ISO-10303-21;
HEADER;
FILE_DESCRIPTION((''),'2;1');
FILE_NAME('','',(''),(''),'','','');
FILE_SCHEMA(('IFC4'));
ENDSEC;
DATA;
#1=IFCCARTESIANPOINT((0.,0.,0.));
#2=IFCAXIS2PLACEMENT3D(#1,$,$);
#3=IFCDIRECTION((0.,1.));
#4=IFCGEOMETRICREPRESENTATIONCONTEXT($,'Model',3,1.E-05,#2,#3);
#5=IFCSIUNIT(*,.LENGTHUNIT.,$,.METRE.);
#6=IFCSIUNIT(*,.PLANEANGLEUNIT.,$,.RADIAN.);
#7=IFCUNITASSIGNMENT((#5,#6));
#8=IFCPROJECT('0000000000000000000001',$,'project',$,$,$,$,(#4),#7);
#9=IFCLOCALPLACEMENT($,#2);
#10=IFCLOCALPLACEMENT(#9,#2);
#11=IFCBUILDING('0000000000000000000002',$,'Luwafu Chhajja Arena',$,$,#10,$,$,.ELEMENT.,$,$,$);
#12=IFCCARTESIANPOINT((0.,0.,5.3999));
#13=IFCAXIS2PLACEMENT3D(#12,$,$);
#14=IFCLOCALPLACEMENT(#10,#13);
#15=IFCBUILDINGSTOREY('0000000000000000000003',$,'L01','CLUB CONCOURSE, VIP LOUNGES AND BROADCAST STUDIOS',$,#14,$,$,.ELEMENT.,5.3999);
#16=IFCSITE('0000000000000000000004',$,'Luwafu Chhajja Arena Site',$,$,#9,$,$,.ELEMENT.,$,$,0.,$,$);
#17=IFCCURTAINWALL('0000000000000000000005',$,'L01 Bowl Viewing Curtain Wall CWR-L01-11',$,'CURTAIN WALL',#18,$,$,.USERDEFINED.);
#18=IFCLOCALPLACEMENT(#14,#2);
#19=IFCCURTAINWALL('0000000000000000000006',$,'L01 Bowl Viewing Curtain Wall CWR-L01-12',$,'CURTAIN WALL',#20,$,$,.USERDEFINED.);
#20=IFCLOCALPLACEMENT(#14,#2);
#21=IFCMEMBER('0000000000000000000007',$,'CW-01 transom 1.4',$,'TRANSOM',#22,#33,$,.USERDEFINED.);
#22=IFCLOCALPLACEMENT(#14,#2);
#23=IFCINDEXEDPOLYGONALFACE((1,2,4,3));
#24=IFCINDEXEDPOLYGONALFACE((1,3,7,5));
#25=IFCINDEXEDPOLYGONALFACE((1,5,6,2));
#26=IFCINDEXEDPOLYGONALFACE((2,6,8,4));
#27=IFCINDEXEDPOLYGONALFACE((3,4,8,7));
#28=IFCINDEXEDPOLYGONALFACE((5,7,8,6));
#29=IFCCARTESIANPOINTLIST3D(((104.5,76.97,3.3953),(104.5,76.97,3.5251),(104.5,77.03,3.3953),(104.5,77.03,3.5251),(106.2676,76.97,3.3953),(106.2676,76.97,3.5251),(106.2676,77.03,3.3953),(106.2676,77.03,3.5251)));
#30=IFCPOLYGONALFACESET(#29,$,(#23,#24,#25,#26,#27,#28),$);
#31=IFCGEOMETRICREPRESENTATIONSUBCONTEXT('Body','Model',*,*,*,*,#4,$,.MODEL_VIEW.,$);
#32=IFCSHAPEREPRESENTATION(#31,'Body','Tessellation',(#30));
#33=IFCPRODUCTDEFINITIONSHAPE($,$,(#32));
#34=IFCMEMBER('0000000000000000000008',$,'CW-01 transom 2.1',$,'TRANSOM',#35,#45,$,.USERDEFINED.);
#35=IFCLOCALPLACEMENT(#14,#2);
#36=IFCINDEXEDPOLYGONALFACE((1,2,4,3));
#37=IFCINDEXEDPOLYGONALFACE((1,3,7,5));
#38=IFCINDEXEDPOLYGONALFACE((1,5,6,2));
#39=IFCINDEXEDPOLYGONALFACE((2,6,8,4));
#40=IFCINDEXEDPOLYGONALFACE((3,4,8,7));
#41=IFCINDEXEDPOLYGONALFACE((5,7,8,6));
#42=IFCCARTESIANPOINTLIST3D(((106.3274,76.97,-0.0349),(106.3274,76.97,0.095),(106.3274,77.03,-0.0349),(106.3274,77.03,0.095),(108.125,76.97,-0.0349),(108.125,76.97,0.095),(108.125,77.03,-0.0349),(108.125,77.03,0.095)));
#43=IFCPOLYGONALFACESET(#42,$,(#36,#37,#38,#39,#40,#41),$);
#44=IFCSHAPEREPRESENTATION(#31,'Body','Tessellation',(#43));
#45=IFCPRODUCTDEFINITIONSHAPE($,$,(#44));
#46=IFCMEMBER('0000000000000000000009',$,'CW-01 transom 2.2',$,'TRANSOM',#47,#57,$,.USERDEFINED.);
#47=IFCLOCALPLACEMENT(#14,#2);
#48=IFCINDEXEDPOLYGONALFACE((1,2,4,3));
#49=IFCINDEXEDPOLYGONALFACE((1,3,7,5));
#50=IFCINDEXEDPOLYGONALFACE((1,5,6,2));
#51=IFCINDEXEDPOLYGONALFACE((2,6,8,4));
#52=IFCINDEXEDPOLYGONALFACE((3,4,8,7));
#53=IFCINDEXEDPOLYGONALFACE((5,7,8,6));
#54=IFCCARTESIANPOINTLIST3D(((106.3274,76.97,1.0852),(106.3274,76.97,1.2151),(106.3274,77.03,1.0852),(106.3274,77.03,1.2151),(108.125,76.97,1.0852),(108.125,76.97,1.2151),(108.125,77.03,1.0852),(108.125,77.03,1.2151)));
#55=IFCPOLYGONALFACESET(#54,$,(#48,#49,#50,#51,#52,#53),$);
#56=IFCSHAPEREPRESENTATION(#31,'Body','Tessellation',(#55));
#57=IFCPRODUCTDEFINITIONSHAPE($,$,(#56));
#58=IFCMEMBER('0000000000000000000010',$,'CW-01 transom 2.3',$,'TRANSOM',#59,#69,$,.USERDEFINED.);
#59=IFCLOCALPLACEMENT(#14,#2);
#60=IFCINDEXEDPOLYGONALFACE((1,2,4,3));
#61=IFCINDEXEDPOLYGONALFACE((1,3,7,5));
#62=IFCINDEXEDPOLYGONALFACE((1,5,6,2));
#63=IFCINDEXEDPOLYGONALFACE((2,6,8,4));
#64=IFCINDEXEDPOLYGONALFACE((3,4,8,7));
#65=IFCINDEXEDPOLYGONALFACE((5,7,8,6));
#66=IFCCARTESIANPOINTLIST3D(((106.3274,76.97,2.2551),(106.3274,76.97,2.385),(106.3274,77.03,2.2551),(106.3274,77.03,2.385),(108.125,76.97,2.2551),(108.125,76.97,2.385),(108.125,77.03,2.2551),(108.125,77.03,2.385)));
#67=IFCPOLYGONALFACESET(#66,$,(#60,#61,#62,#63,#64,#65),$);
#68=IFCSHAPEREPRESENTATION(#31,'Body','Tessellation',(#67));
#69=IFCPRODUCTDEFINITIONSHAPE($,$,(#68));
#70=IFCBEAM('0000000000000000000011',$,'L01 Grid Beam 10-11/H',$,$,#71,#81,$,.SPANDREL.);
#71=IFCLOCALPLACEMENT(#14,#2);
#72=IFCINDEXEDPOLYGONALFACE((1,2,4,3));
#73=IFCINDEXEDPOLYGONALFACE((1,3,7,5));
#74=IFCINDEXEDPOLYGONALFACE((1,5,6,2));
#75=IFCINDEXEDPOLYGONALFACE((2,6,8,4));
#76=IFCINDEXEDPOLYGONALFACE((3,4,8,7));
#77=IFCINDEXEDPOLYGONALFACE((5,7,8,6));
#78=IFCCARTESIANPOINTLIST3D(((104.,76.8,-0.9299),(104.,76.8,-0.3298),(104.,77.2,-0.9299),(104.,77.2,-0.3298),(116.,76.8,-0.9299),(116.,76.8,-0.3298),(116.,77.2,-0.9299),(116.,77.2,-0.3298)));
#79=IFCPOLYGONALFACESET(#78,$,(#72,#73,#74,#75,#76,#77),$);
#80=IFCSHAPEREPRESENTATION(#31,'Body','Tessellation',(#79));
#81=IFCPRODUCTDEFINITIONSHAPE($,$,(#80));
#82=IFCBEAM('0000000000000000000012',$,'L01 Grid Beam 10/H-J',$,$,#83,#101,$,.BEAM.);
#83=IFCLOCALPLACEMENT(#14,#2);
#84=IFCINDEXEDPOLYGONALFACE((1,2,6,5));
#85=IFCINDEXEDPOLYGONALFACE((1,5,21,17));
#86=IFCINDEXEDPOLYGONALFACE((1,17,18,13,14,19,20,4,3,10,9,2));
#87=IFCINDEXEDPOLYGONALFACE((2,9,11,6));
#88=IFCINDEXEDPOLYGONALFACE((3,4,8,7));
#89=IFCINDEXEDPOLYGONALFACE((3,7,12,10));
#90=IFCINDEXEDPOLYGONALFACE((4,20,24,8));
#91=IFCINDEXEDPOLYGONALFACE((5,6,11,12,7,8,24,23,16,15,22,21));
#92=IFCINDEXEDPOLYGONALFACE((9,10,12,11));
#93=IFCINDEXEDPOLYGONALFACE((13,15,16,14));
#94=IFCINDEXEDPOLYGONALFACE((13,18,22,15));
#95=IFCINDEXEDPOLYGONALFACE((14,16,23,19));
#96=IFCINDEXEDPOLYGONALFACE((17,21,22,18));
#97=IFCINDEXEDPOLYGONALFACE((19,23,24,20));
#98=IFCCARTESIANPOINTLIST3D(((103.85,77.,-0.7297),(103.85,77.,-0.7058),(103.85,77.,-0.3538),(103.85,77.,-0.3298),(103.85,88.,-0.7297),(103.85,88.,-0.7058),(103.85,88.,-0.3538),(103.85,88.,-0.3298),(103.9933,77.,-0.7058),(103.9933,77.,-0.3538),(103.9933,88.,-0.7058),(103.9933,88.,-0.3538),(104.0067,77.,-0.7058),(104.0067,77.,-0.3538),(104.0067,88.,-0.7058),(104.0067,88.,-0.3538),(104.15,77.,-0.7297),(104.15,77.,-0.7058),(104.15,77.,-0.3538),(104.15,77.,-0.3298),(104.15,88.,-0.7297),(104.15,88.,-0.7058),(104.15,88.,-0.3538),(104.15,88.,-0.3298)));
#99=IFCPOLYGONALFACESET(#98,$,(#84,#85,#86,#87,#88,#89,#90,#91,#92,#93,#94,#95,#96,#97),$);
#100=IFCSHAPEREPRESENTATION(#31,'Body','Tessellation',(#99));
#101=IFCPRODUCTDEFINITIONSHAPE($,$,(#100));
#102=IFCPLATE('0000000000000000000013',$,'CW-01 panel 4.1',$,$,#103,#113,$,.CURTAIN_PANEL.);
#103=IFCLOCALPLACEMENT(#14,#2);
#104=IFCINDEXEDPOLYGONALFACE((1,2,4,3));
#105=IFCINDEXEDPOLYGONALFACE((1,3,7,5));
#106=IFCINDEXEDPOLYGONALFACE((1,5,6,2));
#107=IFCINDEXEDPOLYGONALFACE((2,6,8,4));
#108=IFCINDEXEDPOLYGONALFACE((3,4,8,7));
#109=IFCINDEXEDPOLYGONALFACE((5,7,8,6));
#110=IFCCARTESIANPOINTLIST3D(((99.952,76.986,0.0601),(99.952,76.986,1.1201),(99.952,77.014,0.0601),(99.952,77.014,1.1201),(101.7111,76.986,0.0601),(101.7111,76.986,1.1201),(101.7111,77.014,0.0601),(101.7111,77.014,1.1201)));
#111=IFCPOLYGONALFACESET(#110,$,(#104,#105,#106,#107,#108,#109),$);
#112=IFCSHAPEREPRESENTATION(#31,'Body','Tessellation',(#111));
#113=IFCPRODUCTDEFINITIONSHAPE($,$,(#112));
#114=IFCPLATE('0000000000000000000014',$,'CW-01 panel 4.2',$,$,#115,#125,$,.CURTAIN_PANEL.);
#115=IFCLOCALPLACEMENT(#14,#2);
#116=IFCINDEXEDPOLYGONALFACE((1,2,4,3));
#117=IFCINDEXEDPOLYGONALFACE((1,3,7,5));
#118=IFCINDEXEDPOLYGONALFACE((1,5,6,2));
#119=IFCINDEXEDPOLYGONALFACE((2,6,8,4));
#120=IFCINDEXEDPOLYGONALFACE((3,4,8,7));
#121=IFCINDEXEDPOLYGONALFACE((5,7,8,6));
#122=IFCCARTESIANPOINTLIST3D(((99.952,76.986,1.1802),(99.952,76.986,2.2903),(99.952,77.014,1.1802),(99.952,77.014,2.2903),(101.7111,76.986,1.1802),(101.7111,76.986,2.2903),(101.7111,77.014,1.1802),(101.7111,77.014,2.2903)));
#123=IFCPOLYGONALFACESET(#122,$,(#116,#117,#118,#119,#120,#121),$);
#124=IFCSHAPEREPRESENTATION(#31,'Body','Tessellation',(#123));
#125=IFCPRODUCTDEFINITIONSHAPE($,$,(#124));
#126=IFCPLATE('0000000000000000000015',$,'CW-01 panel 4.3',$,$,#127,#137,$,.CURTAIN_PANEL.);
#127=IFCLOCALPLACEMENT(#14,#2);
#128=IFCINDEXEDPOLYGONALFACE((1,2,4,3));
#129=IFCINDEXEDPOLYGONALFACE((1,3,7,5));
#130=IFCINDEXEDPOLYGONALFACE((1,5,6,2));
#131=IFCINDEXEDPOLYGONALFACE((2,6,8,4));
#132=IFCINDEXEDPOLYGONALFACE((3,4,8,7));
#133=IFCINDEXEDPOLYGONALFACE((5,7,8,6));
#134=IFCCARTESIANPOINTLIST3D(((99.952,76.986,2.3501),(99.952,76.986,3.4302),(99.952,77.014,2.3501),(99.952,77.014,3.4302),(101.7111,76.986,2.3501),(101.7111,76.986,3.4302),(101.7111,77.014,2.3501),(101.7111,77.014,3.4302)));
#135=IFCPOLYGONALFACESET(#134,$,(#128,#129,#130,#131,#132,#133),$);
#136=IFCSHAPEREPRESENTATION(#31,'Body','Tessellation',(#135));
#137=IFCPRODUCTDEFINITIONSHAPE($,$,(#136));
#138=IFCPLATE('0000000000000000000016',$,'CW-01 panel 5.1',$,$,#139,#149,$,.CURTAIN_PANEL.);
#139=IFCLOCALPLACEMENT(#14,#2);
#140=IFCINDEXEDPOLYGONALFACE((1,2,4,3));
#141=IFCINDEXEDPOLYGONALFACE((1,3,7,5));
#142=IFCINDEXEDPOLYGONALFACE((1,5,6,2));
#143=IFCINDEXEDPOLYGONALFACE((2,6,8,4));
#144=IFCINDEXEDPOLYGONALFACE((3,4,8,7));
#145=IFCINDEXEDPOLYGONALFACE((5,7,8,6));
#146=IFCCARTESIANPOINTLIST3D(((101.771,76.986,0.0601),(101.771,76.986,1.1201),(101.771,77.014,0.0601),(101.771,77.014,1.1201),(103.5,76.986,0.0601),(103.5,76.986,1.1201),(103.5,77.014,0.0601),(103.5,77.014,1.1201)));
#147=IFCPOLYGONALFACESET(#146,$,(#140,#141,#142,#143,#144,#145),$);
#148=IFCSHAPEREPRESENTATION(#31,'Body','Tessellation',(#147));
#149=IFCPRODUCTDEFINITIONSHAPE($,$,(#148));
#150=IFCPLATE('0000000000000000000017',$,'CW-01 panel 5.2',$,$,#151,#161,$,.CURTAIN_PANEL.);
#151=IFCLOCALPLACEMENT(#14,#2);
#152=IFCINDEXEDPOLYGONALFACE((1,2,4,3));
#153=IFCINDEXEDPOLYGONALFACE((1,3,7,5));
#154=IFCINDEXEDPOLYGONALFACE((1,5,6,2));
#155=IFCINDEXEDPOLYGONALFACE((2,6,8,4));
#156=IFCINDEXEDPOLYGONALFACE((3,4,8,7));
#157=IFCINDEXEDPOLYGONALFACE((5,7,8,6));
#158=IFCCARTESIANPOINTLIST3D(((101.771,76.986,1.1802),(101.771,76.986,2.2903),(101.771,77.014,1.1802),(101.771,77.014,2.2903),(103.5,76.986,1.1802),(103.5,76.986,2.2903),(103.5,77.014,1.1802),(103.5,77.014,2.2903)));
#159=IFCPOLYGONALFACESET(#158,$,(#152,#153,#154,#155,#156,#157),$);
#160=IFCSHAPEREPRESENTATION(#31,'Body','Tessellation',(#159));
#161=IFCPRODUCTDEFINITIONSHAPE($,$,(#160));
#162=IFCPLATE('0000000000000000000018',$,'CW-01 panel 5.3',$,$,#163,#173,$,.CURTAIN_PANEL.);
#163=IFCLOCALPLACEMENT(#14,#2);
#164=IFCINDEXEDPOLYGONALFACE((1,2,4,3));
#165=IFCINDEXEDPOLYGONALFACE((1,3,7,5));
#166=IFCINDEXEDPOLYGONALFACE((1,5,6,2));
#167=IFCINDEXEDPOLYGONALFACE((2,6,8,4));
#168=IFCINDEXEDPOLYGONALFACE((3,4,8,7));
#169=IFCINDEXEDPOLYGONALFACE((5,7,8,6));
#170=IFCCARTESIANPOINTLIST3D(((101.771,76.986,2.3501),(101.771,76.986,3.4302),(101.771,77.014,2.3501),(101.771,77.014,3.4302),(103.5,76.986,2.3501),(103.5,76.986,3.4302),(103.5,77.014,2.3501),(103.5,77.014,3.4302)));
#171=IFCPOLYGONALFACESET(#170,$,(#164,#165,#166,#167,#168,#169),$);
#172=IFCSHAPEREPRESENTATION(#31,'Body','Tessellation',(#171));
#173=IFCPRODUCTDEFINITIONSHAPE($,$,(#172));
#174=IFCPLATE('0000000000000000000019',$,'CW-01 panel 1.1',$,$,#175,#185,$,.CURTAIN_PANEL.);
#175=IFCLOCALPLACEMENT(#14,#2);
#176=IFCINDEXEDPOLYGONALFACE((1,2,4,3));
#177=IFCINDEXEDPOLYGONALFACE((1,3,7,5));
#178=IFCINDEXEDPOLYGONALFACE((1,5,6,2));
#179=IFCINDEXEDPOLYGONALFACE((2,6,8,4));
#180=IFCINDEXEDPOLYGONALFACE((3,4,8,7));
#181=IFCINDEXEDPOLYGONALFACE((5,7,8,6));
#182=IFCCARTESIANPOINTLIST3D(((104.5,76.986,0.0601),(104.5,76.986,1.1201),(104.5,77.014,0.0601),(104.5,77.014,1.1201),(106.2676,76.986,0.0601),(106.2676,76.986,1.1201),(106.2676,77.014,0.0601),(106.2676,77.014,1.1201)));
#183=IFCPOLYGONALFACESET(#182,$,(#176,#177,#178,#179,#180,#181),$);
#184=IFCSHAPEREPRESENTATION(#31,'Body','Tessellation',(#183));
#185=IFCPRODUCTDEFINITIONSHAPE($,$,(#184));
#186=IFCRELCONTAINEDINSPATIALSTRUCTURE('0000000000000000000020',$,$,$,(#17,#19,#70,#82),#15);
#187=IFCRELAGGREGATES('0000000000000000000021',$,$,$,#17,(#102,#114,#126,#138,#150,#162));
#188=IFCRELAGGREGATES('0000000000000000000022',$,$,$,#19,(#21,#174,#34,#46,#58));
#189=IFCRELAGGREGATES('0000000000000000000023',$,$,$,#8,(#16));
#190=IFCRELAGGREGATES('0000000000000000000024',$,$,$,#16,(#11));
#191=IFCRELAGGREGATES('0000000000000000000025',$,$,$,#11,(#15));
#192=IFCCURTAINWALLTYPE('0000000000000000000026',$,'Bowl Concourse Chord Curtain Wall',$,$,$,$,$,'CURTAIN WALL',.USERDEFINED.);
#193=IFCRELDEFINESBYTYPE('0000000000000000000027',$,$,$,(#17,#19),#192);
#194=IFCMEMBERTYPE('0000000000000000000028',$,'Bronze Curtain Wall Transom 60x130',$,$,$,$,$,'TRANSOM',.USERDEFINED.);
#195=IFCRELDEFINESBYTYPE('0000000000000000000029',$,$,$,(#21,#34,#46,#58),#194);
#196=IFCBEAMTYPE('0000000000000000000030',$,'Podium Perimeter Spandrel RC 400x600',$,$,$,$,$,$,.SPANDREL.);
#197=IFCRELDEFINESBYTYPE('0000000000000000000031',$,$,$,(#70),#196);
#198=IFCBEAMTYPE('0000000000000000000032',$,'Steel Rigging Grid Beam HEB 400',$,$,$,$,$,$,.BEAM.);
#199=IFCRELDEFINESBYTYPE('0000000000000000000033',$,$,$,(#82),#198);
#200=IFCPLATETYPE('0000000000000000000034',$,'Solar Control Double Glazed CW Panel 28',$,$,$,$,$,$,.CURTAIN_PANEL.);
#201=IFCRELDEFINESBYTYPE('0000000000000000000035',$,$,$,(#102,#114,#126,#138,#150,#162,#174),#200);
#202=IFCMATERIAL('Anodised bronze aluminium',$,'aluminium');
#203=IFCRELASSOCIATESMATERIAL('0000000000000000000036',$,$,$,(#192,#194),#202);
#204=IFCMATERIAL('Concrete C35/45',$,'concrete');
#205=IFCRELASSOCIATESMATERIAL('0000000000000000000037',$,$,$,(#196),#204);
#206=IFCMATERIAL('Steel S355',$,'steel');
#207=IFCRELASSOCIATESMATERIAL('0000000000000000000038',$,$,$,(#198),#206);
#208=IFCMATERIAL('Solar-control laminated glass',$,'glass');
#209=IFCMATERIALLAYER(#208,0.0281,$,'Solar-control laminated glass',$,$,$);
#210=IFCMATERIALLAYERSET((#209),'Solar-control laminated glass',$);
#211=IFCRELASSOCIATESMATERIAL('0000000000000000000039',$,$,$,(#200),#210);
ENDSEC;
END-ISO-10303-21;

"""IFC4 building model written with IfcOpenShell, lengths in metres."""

from ifc_helpers import new_model, si_unit, direction, frame, origin, origin_2d, place, context, subcontext, project, spatial, rectangle, i_section, extrude, material, layer, layer_set, material_profile, profile_set, type_object, element, aggregate, save


model = new_model("IFC4")

# Units and contexts
model_context = context("Model", 3, precision=1e-05, world=origin(), true_north=direction((0.0, 1.0)))
body_context = subcontext(model_context, "Body", "Model", "MODEL_VIEW")
ifc_project = project(units=[si_unit("LENGTHUNIT", "METRE"), si_unit("PLANEANGLEUNIT", "RADIAN")], contexts=[model_context])

# Site, building, storey
site_placement = place(None, origin())
site = spatial("IfcSite", under=ifc_project, at=site_placement, Name="Luwafu Chhajja Arena Site", CompositionType="ELEMENT", RefElevation=0.0)
building_placement = place(site_placement, origin())
building = spatial("IfcBuilding", under=site, at=building_placement, Name="Luwafu Chhajja Arena", CompositionType="ELEMENT")
storey_placement = place(building_placement, frame((0.0, 0.0, 5.3999)))
storey = spatial("IfcBuildingStorey", under=building, at=storey_placement, Name="L01", Description="CLUB CONCOURSE, VIP LOUNGES AND BROADCAST STUDIOS", CompositionType="ELEMENT", Elevation=5.3999)

# Shared definitions
ifc_material_1 = material(Name="Concrete C35/45", Category="concrete")

# Curtain walls
ifc_material_2 = material(Name="Anodised bronze aluminium", Category="aluminium")
curtain_wall_type = type_object("IfcCurtainWallType", Name="Bowl Concourse Chord Curtain Wall", ElementType="CURTAIN WALL", PredefinedType="USERDEFINED", material=ifc_material_2)
curtain_wall_1_placement = place(storey_placement, origin())
curtain_wall_1 = element("IfcCurtainWall", 1, at=curtain_wall_1_placement, inside=storey, type_object=curtain_wall_type, Name="L01 Bowl Viewing Curtain Wall CWR-L01-11", ObjectType="CURTAIN WALL", PredefinedType="USERDEFINED")
curtain_wall_2_placement = place(storey_placement, origin())
curtain_wall_2 = element("IfcCurtainWall", 2, at=curtain_wall_2_placement, inside=storey, type_object=curtain_wall_type, Name="L01 Bowl Viewing Curtain Wall CWR-L01-12", ObjectType="CURTAIN WALL", PredefinedType="USERDEFINED")

# Members
ifc_material_profile_1 = material_profile(ifc_material_2, rectangle(XDim=0.0601, YDim=0.1299, at=origin_2d()), Name="CWT 60x130")
ifc_profile_set_1 = profile_set([ifc_material_profile_1], Name="Anodised bronze aluminium")
member_type_1 = type_object("IfcMemberType", Name="Bronze Curtain Wall Transom 60x130", ElementType="TRANSOM", PredefinedType="USERDEFINED", material=ifc_profile_set_1)
member_1_placement = place(storey_placement, frame((104.5, 77.0, 3.4602), z_axis=(1.0, 0.0, 0.0), x_axis=(0.0, 1.0, 0.0)))
member_1 = element("IfcMember", 3, at=member_1_placement, type_object=member_type_1, Name="CW-01 transom 1.4", ObjectType="TRANSOM", PredefinedType="USERDEFINED", context=body_context, shape_type="SweptSolid", body=[
    extrude(rectangle(XDim=0.0601, YDim=0.1299, at=origin_2d()), origin(), (0.0, 0.0, 1.0), 1.7676),
])
member_2_placement = place(storey_placement, frame((106.3274, 77.0, 0.03), z_axis=(1.0, 0.0, 0.0), x_axis=(0.0, 1.0, 0.0)))
member_2 = element("IfcMember", 4, at=member_2_placement, type_object=member_type_1, Name="CW-01 transom 2.1", ObjectType="TRANSOM", PredefinedType="USERDEFINED", context=body_context, shape_type="SweptSolid", body=[
    extrude(rectangle(XDim=0.0601, YDim=0.1299, at=origin_2d()), origin(), (0.0, 0.0, 1.0), 1.7976),
])
member_3_placement = place(storey_placement, frame((106.3274, 77.0, 1.1501), z_axis=(1.0, 0.0, 0.0), x_axis=(0.0, 1.0, 0.0)))
member_3 = element("IfcMember", 5, at=member_3_placement, type_object=member_type_1, Name="CW-01 transom 2.2", ObjectType="TRANSOM", PredefinedType="USERDEFINED", context=body_context, shape_type="SweptSolid", body=[
    extrude(rectangle(XDim=0.0601, YDim=0.1299, at=origin_2d()), origin(), (0.0, 0.0, 1.0), 1.7976),
])
member_4_placement = place(storey_placement, frame((106.3274, 77.0, 2.3201), z_axis=(1.0, 0.0, 0.0), x_axis=(0.0, 1.0, 0.0)))
member_4 = element("IfcMember", 6, at=member_4_placement, type_object=member_type_1, Name="CW-01 transom 2.3", ObjectType="TRANSOM", PredefinedType="USERDEFINED", context=body_context, shape_type="SweptSolid", body=[
    extrude(rectangle(XDim=0.0601, YDim=0.1299, at=origin_2d()), origin(), (0.0, 0.0, 1.0), 1.7976),
])

# Beams
ifc_material_profile_2 = material_profile(ifc_material_1, rectangle(XDim=0.3999, YDim=0.6001, at=origin_2d()), Name="RC 400x600")
ifc_profile_set_2 = profile_set([ifc_material_profile_2], Name="Concrete C35/45")
beam_type_1 = type_object("IfcBeamType", Name="Podium Perimeter Spandrel RC 400x600", PredefinedType="SPANDREL", material=ifc_profile_set_2)
beam_1_placement = place(storey_placement, frame((104.0, 77.0, -0.6299), z_axis=(1.0, 0.0, 0.0), x_axis=(0.0, 1.0, 0.0)))
element("IfcBeam", 7, at=beam_1_placement, inside=storey, type_object=beam_type_1, Name="L01 Grid Beam 10-11/H", PredefinedType="SPANDREL", context=body_context, shape_type="SweptSolid", body=[
    extrude(rectangle(XDim=0.3999, YDim=0.6001, at=origin_2d()), origin(), (0.0, 0.0, 1.0), 12.0),
])
ifc_material_3 = material(Name="Steel S355", Category="steel")
ifc_material_profile_3 = material_profile(ifc_material_3, i_section(OverallWidth=0.3, OverallDepth=0.3999, WebThickness=0.0134, FlangeThickness=0.0239, at=origin_2d()), Name="HEB 400")
ifc_profile_set_3 = profile_set([ifc_material_profile_3], Name="Steel S355")
beam_type_2 = type_object("IfcBeamType", Name="Steel Rigging Grid Beam HEB 400", PredefinedType="BEAM", material=ifc_profile_set_3)
beam_2_placement = place(storey_placement, frame((104.0, 77.0, -0.5298), z_axis=(0.0, 1.0, 0.0), x_axis=(-1.0, 0.0, 0.0)))
element("IfcBeam", 8, at=beam_2_placement, inside=storey, type_object=beam_type_2, Name="L01 Grid Beam 10/H-J", PredefinedType="BEAM", context=body_context, shape_type="SweptSolid", body=[
    extrude(i_section(OverallWidth=0.3, OverallDepth=0.3999, WebThickness=0.0134, FlangeThickness=0.0239, at=origin_2d()), origin(), (0.0, 0.0, 1.0), 11.0),
])

# Plates
ifc_material_4 = material(Name="Solar-control laminated glass", Category="glass")
ifc_layer = layer(ifc_material_4, 0.0281, Name="Solar-control laminated glass")
ifc_layer_set = layer_set([ifc_layer], Name="Solar-control laminated glass")
plate_type = type_object("IfcPlateType", Name="Solar Control Double Glazed CW Panel 28", PredefinedType="CURTAIN_PANEL", material=ifc_layer_set)
plate_1_placement = place(storey_placement, frame((100.8315, 77.0, 0.0601), z_axis=(0.0, 0.0, 1.0), x_axis=(1.0, 0.0, 0.0)))
plate_1 = element("IfcPlate", 9, at=plate_1_placement, type_object=plate_type, Name="CW-01 panel 4.1", PredefinedType="CURTAIN_PANEL", context=body_context, shape_type="SweptSolid", body=[
    extrude(rectangle(XDim=1.759, YDim=0.0281, at=origin_2d()), origin(), (0.0, 0.0, 1.0), 1.0601),
])
plate_2_placement = place(storey_placement, frame((100.8315, 77.0, 1.1802), z_axis=(0.0, 0.0, 1.0), x_axis=(1.0, 0.0, 0.0)))
plate_2 = element("IfcPlate", 10, at=plate_2_placement, type_object=plate_type, Name="CW-01 panel 4.2", PredefinedType="CURTAIN_PANEL", context=body_context, shape_type="SweptSolid", body=[
    extrude(rectangle(XDim=1.759, YDim=0.0281, at=origin_2d()), origin(), (0.0, 0.0, 1.0), 1.1101),
])
plate_3_placement = place(storey_placement, frame((100.8315, 77.0, 2.3501), z_axis=(0.0, 0.0, 1.0), x_axis=(1.0, 0.0, 0.0)))
plate_3 = element("IfcPlate", 11, at=plate_3_placement, type_object=plate_type, Name="CW-01 panel 4.3", PredefinedType="CURTAIN_PANEL", context=body_context, shape_type="SweptSolid", body=[
    extrude(rectangle(XDim=1.759, YDim=0.0281, at=origin_2d()), origin(), (0.0, 0.0, 1.0), 1.0801),
])
plate_4_placement = place(storey_placement, frame((102.6355, 77.0, 0.0601), z_axis=(0.0, 0.0, 1.0), x_axis=(1.0, 0.0, 0.0)))
plate_4 = element("IfcPlate", 12, at=plate_4_placement, type_object=plate_type, Name="CW-01 panel 5.1", PredefinedType="CURTAIN_PANEL", context=body_context, shape_type="SweptSolid", body=[
    extrude(rectangle(XDim=1.729, YDim=0.0281, at=origin_2d()), origin(), (0.0, 0.0, 1.0), 1.0601),
])
plate_5_placement = place(storey_placement, frame((102.6355, 77.0, 1.1802), z_axis=(0.0, 0.0, 1.0), x_axis=(1.0, 0.0, 0.0)))
plate_5 = element("IfcPlate", 13, at=plate_5_placement, type_object=plate_type, Name="CW-01 panel 5.2", PredefinedType="CURTAIN_PANEL", context=body_context, shape_type="SweptSolid", body=[
    extrude(rectangle(XDim=1.729, YDim=0.0281, at=origin_2d()), origin(), (0.0, 0.0, 1.0), 1.1101),
])
plate_6_placement = place(storey_placement, frame((102.6355, 77.0, 2.3501), z_axis=(0.0, 0.0, 1.0), x_axis=(1.0, 0.0, 0.0)))
plate_6 = element("IfcPlate", 14, at=plate_6_placement, type_object=plate_type, Name="CW-01 panel 5.3", PredefinedType="CURTAIN_PANEL", context=body_context, shape_type="SweptSolid", body=[
    extrude(rectangle(XDim=1.729, YDim=0.0281, at=origin_2d()), origin(), (0.0, 0.0, 1.0), 1.0801),
])
aggregate(curtain_wall_1, [plate_1, plate_2, plate_3, plate_4, plate_5, plate_6])
plate_7_placement = place(storey_placement, frame((105.3838, 77.0, 0.0601), z_axis=(0.0, 0.0, 1.0), x_axis=(1.0, 0.0, 0.0)))
plate_7 = element("IfcPlate", 15, at=plate_7_placement, type_object=plate_type, Name="CW-01 panel 1.1", PredefinedType="CURTAIN_PANEL", context=body_context, shape_type="SweptSolid", body=[
    extrude(rectangle(XDim=1.7676, YDim=0.0281, at=origin_2d()), origin(), (0.0, 0.0, 1.0), 1.0601),
])
aggregate(curtain_wall_2, [member_1, plate_7, member_2, member_3, member_4])

save(model, "model.ifc")
